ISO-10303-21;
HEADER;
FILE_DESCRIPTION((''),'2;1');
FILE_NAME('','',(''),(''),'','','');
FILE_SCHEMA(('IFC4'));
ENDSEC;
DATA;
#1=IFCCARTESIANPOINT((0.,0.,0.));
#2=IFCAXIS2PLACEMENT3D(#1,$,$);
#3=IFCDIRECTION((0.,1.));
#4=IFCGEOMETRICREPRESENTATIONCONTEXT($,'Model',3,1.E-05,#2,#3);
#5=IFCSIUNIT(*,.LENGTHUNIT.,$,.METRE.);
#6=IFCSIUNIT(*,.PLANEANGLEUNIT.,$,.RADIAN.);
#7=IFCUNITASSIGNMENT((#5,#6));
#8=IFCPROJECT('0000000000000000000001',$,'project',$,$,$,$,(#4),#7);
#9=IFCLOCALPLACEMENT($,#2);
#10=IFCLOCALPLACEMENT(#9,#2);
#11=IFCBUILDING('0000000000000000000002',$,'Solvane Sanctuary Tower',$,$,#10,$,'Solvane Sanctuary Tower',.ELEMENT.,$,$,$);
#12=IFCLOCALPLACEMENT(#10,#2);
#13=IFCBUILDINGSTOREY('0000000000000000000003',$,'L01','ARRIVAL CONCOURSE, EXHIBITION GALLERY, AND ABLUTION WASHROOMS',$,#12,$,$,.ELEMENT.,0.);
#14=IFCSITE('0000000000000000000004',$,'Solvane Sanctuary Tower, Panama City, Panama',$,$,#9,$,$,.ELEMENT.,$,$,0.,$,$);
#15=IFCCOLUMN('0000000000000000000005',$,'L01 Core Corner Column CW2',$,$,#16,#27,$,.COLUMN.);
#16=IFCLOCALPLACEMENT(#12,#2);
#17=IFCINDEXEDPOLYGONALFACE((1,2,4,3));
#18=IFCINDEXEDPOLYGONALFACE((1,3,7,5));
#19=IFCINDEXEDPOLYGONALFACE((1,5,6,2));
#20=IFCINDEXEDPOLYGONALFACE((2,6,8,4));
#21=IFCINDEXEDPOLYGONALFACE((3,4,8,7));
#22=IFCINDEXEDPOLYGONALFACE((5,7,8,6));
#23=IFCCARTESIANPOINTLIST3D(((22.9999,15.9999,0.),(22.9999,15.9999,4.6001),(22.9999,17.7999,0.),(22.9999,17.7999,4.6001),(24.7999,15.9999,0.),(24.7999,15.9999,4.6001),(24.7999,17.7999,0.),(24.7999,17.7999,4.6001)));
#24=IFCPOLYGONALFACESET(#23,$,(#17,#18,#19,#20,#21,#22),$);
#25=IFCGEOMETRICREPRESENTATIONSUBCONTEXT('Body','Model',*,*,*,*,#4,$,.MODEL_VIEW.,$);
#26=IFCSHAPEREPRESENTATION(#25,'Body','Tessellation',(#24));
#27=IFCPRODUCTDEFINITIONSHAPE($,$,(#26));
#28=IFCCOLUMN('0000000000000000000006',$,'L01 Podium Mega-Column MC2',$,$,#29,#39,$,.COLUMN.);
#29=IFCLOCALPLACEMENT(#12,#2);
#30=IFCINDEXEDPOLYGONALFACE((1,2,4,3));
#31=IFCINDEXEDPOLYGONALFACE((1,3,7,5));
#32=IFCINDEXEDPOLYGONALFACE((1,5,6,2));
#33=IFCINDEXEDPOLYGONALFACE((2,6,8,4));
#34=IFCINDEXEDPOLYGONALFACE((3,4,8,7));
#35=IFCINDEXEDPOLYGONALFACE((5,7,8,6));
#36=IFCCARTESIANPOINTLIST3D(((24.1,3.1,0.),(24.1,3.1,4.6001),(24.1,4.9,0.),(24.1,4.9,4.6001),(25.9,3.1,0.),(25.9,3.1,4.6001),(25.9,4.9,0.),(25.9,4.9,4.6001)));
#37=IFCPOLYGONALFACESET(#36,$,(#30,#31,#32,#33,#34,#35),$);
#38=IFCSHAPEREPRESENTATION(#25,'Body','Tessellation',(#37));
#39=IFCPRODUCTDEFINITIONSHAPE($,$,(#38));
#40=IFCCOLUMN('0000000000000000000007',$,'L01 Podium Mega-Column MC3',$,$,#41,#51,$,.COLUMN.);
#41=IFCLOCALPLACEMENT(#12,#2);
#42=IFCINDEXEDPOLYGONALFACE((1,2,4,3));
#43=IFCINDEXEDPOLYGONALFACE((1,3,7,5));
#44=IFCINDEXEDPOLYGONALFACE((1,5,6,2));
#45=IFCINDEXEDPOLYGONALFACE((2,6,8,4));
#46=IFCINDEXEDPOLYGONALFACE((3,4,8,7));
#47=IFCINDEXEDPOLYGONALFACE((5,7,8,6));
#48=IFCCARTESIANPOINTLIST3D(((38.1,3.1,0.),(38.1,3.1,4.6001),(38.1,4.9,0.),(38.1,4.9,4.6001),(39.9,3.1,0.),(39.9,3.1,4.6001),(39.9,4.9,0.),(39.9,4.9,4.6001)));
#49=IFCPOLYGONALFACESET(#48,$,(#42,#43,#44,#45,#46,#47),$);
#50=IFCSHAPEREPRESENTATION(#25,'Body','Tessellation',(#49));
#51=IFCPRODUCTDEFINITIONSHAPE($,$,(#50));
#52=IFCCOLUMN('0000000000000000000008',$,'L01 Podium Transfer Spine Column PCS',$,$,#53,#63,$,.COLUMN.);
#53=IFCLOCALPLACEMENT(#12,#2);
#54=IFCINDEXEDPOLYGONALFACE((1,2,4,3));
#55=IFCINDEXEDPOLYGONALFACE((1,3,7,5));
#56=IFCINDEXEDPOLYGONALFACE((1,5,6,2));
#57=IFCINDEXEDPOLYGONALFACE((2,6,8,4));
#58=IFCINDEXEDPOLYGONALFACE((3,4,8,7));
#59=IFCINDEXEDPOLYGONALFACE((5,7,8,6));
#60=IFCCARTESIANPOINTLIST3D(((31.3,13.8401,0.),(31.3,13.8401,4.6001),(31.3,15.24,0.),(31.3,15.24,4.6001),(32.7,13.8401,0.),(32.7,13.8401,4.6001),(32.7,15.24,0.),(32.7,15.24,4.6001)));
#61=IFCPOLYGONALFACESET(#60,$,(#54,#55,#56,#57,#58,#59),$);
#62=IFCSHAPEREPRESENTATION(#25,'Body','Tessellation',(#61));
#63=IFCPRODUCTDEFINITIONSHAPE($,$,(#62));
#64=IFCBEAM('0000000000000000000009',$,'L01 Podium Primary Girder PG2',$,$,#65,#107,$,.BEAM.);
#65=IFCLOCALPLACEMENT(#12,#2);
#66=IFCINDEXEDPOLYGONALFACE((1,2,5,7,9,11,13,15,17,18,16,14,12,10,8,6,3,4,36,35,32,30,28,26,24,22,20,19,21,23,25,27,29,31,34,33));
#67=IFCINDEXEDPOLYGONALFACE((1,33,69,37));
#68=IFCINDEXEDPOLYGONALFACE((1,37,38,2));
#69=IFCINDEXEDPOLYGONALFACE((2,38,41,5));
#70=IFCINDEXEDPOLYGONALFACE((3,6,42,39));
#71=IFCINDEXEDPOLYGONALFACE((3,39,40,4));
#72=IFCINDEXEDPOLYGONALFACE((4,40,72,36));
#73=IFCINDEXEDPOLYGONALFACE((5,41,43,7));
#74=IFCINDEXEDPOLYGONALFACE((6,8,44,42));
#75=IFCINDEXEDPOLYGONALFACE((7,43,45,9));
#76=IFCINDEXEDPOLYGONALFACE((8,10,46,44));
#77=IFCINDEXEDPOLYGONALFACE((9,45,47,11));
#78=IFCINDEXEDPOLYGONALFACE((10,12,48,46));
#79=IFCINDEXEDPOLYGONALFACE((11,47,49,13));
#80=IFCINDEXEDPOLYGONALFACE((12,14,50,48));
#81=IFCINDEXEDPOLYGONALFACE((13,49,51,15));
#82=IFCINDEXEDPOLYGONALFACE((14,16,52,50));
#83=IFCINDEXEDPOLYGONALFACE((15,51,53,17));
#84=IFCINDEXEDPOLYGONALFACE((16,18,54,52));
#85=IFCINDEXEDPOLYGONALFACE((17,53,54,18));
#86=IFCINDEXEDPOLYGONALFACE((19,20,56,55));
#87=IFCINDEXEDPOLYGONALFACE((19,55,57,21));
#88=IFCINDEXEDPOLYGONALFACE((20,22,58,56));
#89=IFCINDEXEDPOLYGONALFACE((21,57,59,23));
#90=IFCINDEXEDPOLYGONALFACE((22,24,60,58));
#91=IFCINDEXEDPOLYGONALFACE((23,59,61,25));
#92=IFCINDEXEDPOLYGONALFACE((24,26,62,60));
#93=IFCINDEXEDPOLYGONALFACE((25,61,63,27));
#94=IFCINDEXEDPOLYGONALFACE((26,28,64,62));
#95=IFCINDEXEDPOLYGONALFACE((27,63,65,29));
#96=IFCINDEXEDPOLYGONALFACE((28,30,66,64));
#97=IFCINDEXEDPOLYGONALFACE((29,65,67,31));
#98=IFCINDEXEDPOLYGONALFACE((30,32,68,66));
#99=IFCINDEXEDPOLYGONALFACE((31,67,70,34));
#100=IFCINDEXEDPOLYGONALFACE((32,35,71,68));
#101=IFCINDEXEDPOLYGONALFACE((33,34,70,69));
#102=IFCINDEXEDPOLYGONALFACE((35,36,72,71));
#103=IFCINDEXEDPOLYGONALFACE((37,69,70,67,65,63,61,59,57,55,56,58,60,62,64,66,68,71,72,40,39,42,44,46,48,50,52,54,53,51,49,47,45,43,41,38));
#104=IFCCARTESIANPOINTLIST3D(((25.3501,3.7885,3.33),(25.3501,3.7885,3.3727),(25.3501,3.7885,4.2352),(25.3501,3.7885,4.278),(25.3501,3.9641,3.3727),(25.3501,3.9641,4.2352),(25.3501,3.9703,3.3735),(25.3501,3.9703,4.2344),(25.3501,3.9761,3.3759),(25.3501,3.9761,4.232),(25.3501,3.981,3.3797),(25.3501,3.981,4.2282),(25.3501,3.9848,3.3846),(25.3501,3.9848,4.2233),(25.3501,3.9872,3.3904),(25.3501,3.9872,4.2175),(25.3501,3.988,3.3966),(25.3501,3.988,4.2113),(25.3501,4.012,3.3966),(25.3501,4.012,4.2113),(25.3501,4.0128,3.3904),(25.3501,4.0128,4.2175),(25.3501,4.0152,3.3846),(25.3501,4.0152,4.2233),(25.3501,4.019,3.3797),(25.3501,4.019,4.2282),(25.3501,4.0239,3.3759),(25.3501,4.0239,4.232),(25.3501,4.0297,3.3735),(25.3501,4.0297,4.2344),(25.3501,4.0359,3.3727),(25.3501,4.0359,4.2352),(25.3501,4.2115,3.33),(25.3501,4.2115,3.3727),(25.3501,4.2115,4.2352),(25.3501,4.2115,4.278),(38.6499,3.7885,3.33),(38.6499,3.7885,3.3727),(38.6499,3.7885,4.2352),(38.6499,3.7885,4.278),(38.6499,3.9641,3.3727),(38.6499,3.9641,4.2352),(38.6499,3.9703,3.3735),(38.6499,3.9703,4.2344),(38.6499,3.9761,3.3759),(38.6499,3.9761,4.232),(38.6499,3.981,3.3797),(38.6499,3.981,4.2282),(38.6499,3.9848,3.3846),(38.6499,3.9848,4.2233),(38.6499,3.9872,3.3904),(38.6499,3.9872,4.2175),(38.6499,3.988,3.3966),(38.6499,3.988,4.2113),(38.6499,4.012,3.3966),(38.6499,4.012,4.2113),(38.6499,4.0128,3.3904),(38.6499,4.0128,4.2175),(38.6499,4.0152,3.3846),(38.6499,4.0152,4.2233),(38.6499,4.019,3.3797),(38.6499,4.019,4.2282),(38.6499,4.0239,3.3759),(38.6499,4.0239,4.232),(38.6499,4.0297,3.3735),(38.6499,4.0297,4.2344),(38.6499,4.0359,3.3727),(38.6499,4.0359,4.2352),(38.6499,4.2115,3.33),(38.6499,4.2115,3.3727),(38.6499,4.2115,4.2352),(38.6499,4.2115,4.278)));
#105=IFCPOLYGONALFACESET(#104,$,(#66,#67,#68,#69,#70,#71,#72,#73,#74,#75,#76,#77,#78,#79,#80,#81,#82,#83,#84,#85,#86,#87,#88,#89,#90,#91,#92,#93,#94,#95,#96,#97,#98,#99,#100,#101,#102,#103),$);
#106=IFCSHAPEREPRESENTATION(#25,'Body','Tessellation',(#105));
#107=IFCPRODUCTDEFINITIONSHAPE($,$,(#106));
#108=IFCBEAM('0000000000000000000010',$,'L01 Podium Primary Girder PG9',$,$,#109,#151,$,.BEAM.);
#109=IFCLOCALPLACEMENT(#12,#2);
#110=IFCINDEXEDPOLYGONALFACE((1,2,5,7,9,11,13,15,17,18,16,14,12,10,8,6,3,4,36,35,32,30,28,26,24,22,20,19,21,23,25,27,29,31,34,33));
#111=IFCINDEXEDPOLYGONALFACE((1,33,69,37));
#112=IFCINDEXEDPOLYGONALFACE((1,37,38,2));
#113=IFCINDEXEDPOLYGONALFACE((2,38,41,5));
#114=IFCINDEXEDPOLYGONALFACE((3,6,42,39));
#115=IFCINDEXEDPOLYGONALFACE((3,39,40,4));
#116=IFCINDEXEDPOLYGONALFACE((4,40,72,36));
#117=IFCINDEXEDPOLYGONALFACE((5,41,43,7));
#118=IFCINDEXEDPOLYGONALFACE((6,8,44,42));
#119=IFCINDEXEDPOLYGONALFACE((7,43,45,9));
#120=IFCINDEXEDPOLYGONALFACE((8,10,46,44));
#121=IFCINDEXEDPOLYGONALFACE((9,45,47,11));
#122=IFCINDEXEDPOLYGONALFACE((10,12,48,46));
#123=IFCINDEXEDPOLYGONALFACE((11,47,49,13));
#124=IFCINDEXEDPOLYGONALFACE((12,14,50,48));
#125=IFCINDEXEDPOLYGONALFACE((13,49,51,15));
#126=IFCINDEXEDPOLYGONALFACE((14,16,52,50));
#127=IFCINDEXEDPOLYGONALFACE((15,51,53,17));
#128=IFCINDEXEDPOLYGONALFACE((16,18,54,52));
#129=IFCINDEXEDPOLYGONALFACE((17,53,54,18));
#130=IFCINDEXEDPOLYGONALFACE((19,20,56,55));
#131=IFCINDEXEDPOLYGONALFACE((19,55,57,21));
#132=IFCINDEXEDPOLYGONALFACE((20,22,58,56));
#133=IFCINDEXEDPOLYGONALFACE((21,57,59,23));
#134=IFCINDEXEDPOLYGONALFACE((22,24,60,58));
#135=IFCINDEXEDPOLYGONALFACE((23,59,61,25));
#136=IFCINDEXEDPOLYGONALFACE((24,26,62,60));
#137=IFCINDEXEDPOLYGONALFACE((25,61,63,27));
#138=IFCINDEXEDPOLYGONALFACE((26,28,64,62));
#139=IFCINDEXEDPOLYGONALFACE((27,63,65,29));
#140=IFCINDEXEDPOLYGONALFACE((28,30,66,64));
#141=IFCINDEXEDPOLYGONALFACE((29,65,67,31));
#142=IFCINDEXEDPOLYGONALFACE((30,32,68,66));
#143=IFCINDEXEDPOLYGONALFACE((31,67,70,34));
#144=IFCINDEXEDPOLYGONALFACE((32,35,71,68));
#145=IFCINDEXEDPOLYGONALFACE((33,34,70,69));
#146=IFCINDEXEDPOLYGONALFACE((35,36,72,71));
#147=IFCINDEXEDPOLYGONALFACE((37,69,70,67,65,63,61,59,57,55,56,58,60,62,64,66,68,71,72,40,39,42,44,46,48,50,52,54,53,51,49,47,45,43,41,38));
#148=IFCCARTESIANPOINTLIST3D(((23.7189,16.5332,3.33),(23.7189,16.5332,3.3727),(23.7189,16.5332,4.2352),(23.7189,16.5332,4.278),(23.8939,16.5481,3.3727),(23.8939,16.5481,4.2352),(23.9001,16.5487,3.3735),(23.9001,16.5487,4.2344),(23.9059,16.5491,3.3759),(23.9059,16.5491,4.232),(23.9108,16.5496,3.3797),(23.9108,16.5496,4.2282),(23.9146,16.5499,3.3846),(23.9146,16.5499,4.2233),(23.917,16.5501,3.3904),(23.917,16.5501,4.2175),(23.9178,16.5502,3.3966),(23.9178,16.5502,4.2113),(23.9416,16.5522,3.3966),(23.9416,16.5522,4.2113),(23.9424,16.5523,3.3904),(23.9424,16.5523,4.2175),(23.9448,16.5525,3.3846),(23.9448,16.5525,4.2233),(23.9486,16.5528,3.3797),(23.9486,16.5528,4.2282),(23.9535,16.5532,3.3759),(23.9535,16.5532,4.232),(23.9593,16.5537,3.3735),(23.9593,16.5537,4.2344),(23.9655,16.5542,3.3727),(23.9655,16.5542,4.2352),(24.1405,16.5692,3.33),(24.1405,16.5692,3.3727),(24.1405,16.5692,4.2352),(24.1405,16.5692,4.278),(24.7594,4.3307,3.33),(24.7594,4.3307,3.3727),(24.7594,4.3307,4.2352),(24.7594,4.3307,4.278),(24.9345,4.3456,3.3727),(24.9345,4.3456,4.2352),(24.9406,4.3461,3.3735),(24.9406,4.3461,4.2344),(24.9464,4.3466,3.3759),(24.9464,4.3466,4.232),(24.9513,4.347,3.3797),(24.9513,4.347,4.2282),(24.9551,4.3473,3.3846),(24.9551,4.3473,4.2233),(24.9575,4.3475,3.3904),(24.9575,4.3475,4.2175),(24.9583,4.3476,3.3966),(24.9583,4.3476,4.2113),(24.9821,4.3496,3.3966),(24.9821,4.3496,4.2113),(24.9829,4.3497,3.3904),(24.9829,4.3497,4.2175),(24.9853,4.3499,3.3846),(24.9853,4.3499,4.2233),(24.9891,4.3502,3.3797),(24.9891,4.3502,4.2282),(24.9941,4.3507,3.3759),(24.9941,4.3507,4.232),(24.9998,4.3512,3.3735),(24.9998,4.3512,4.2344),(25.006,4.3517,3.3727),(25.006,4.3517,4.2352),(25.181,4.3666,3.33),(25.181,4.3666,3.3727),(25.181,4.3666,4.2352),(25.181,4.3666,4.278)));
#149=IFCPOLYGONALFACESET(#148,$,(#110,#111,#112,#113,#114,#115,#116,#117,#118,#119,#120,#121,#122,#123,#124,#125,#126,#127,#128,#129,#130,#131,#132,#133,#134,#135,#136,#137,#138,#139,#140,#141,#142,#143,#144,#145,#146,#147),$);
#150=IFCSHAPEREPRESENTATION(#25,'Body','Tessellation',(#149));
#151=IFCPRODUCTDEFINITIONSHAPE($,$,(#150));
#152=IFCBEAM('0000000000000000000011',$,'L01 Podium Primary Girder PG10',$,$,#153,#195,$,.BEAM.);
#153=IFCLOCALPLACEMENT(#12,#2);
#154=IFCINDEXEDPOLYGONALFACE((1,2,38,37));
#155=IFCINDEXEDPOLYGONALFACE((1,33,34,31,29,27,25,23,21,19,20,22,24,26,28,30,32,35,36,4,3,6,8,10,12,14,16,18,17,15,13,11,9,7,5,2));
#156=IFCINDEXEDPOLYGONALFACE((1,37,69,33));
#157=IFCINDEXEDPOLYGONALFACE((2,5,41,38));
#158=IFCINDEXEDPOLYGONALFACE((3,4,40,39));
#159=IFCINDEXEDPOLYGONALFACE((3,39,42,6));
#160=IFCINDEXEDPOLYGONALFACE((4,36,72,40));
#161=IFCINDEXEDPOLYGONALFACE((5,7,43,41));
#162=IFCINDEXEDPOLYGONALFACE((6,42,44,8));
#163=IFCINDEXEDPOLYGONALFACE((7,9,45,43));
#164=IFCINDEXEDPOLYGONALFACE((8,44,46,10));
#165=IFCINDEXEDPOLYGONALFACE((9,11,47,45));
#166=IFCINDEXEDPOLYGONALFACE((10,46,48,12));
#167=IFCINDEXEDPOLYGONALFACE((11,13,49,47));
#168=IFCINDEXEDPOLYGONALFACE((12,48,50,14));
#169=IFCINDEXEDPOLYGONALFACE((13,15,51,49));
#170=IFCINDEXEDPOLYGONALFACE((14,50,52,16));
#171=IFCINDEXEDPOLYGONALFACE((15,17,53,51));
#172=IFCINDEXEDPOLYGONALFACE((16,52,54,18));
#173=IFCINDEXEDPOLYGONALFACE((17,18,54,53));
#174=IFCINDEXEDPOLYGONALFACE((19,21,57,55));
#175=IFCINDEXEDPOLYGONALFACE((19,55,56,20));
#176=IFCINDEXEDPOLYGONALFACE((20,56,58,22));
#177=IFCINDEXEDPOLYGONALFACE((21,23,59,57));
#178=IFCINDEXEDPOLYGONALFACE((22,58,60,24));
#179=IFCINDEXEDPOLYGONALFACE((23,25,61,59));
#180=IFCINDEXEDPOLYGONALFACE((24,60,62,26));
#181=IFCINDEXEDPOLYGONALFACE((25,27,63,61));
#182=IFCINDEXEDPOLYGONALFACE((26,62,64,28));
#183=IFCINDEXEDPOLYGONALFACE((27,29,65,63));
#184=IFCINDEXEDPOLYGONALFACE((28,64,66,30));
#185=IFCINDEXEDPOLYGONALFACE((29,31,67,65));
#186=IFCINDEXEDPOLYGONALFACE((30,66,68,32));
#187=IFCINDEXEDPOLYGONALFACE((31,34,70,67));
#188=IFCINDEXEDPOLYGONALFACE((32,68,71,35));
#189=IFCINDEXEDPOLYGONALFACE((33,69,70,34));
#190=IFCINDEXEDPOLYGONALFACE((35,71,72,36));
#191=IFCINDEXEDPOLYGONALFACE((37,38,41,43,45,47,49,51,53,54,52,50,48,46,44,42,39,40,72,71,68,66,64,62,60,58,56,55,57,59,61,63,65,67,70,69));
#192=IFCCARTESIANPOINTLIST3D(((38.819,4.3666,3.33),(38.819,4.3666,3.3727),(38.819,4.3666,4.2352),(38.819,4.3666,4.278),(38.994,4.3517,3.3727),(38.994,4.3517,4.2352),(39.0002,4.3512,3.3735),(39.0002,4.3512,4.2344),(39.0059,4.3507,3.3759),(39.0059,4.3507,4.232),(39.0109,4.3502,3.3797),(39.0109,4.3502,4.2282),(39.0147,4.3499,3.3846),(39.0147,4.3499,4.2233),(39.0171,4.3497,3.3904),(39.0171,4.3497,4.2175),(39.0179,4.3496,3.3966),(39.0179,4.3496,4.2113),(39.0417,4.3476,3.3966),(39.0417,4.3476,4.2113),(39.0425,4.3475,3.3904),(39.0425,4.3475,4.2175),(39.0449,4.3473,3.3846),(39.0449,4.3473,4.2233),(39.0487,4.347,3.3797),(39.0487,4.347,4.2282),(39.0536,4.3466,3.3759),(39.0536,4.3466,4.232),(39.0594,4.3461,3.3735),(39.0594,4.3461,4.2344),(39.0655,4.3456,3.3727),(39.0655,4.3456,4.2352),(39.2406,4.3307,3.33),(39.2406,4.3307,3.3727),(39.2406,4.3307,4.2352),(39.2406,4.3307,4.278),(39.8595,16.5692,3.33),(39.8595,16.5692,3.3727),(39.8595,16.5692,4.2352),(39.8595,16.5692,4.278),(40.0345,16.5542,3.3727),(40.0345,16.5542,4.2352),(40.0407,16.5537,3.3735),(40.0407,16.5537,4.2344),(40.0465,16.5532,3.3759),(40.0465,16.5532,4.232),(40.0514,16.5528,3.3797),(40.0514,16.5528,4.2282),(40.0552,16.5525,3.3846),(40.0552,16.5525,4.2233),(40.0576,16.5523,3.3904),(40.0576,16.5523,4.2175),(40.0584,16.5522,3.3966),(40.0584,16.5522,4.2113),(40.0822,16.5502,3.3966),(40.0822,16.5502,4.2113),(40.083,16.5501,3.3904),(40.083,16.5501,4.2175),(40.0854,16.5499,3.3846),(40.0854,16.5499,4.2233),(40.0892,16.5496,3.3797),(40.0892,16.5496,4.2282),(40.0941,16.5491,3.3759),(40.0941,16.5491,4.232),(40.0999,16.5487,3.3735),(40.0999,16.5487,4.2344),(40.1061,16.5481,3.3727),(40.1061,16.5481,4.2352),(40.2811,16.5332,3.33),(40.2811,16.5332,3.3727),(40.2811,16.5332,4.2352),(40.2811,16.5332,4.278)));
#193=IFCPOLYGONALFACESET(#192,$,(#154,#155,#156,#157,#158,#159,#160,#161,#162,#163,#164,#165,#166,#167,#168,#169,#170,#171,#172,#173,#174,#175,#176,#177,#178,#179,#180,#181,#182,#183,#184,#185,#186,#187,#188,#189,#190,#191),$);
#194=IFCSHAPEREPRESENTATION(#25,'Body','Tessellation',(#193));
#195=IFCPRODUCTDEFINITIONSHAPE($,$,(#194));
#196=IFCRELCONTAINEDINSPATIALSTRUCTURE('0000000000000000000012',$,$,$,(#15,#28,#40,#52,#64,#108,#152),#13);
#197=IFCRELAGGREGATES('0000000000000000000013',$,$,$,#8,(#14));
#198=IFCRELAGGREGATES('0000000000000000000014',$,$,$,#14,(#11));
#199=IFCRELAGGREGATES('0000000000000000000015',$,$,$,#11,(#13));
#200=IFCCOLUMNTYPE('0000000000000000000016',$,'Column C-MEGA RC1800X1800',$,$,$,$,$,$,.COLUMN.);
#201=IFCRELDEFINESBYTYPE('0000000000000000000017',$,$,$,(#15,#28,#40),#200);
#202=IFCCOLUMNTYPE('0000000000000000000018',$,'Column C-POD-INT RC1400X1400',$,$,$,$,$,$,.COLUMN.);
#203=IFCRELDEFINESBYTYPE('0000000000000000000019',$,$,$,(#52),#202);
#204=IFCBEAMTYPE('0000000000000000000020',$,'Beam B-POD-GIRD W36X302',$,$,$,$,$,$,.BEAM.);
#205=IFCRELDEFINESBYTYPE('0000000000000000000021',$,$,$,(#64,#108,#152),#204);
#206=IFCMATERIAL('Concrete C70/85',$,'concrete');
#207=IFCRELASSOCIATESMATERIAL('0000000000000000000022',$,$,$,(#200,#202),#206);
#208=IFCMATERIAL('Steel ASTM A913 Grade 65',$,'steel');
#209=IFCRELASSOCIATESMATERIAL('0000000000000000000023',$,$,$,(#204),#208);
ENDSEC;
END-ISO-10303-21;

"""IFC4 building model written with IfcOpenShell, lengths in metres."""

from ifc_helpers import new_model, si_unit, direction, frame, origin, origin_2d, place, context, subcontext, project, spatial, rectangle, i_section, extrude, material, material_profile, profile_set, type_object, element, save


model = new_model("IFC4")

# Units and contexts
model_context = context("Model", 3, precision=1e-05, world=origin(), true_north=direction((0.0, 1.0)))
body_context = subcontext(model_context, "Body", "Model", "MODEL_VIEW")
ifc_project = project(units=[si_unit("LENGTHUNIT", "METRE"), si_unit("PLANEANGLEUNIT", "RADIAN")], contexts=[model_context])

# Site, building, storey
site_placement = place(None, origin())
site = spatial("IfcSite", under=ifc_project, at=site_placement, Name="Solvane Sanctuary Tower, Panama City, Panama", CompositionType="ELEMENT", RefElevation=0.0)
building_placement = place(site_placement, origin())
building = spatial("IfcBuilding", under=site, at=building_placement, Name="Solvane Sanctuary Tower", LongName="Solvane Sanctuary Tower", CompositionType="ELEMENT")
storey_placement = place(building_placement, origin())
storey = spatial("IfcBuildingStorey", under=building, at=storey_placement, Name="L01", Description="ARRIVAL CONCOURSE, EXHIBITION GALLERY, AND ABLUTION WASHROOMS", CompositionType="ELEMENT", Elevation=0.0)

# Columns
ifc_material_1 = material(Name="Concrete C70/85", Category="concrete")
ifc_material_profile_1 = material_profile(ifc_material_1, rectangle(XDim=1.8, YDim=1.8, at=origin_2d()), Name="RC1800X1800")
ifc_profile_set_1 = profile_set([ifc_material_profile_1], Name="Concrete C70/85")
column_type_1 = type_object("IfcColumnType", Name="Column C-MEGA RC1800X1800", PredefinedType="COLUMN", material=ifc_profile_set_1)
for number, where, z_axis, x_axis, name in (
    (1, (23.8999, 16.8999, 0.0), (0.0, 0.0, 1.0), (1.0, 0.0, 0.0), "L01 Core Corner Column CW2"),
    (2, (25.0, 4.0, 0.0), (0.0, 0.0, 1.0), (1.0, 0.0, 0.0), "L01 Podium Mega-Column MC2"),
    (3, (39.0, 4.0, 0.0), (0.0, 0.0, 1.0), (1.0, 0.0, 0.0), "L01 Podium Mega-Column MC3"),
):
    element("IfcColumn", number, at=place(storey_placement, frame(where, z_axis=z_axis, x_axis=x_axis)), inside=storey, type_object=column_type_1, Name=name, PredefinedType="COLUMN", context=body_context, shape_type="SweptSolid", body=[
        extrude(rectangle(XDim=1.8, YDim=1.8, at=origin_2d()), origin(), (0.0, 0.0, 1.0), 4.6001),
    ])
ifc_material_profile_2 = material_profile(ifc_material_1, rectangle(XDim=1.3999, YDim=1.3999, at=origin_2d()), Name="RC1400X1400")
ifc_profile_set_2 = profile_set([ifc_material_profile_2], Name="Concrete C70/85")
column_type_2 = type_object("IfcColumnType", Name="Column C-POD-INT RC1400X1400", PredefinedType="COLUMN", material=ifc_profile_set_2)
column_placement = place(storey_placement, frame((32.0, 14.54, 0.0), z_axis=(0.0, 0.0, 1.0), x_axis=(1.0, 0.0, 0.0)))
element("IfcColumn", 4, at=column_placement, inside=storey, type_object=column_type_2, Name="L01 Podium Transfer Spine Column PCS", PredefinedType="COLUMN", context=body_context, shape_type="SweptSolid", body=[
    extrude(rectangle(XDim=1.3999, YDim=1.3999, at=origin_2d()), origin(), (0.0, 0.0, 1.0), 4.6001),
])

# Beams
ifc_material_2 = material(Name="Steel ASTM A913 Grade 65", Category="steel")
ifc_material_profile_3 = material_profile(ifc_material_2, i_section(OverallWidth=0.4231, OverallDepth=0.948, WebThickness=0.0239, FlangeThickness=0.0427, FilletRadius=0.0239, at=origin_2d()), Name="W36X302")
ifc_profile_set_3 = profile_set([ifc_material_profile_3], Name="Steel ASTM A913 Grade 65")
beam_type = type_object("IfcBeamType", Name="Beam B-POD-GIRD W36X302", PredefinedType="BEAM", material=ifc_profile_set_3)
beam_placement = place(storey_placement, frame((25.3501, 4.0, 3.804), z_axis=(1.0, 0.0, 0.0), x_axis=(0.0, 1.0, 0.0)))
element("IfcBeam", 5, at=beam_placement, inside=storey, type_object=beam_type, Name="L01 Podium Primary Girder PG2", PredefinedType="BEAM", context=body_context, shape_type="SweptSolid", body=[
    extrude(i_section(OverallWidth=0.4231, OverallDepth=0.948, WebThickness=0.0239, FlangeThickness=0.0427, FilletRadius=0.0239, at=origin_2d()), origin(), (0.0, 0.0, 1.0), 13.2998),
])
for number, where, z_axis, x_axis, name in (
    (6, (24.9702, 4.3486, 3.804), (-0.084962, 0.996384, 0.0), (-0.996384, -0.084962, 0.0), "L01 Podium Primary Girder PG9"),
    (7, (39.0298, 4.3486, 3.804), (0.084962, 0.996384, 0.0), (-0.996384, 0.084962, 0.0), "L01 Podium Primary Girder PG10"),
):
    element("IfcBeam", number, at=place(storey_placement, frame(where, z_axis=z_axis, x_axis=x_axis)), inside=storey, type_object=beam_type, Name=name, PredefinedType="BEAM", context=body_context, shape_type="SweptSolid", body=[
        extrude(i_section(OverallWidth=0.4231, OverallDepth=0.948, WebThickness=0.0239, FlangeThickness=0.0427, FilletRadius=0.0239, at=origin_2d()), origin(), (0.0, 0.0, 1.0), 12.2468),
    ])

save(model, "model.ifc")
